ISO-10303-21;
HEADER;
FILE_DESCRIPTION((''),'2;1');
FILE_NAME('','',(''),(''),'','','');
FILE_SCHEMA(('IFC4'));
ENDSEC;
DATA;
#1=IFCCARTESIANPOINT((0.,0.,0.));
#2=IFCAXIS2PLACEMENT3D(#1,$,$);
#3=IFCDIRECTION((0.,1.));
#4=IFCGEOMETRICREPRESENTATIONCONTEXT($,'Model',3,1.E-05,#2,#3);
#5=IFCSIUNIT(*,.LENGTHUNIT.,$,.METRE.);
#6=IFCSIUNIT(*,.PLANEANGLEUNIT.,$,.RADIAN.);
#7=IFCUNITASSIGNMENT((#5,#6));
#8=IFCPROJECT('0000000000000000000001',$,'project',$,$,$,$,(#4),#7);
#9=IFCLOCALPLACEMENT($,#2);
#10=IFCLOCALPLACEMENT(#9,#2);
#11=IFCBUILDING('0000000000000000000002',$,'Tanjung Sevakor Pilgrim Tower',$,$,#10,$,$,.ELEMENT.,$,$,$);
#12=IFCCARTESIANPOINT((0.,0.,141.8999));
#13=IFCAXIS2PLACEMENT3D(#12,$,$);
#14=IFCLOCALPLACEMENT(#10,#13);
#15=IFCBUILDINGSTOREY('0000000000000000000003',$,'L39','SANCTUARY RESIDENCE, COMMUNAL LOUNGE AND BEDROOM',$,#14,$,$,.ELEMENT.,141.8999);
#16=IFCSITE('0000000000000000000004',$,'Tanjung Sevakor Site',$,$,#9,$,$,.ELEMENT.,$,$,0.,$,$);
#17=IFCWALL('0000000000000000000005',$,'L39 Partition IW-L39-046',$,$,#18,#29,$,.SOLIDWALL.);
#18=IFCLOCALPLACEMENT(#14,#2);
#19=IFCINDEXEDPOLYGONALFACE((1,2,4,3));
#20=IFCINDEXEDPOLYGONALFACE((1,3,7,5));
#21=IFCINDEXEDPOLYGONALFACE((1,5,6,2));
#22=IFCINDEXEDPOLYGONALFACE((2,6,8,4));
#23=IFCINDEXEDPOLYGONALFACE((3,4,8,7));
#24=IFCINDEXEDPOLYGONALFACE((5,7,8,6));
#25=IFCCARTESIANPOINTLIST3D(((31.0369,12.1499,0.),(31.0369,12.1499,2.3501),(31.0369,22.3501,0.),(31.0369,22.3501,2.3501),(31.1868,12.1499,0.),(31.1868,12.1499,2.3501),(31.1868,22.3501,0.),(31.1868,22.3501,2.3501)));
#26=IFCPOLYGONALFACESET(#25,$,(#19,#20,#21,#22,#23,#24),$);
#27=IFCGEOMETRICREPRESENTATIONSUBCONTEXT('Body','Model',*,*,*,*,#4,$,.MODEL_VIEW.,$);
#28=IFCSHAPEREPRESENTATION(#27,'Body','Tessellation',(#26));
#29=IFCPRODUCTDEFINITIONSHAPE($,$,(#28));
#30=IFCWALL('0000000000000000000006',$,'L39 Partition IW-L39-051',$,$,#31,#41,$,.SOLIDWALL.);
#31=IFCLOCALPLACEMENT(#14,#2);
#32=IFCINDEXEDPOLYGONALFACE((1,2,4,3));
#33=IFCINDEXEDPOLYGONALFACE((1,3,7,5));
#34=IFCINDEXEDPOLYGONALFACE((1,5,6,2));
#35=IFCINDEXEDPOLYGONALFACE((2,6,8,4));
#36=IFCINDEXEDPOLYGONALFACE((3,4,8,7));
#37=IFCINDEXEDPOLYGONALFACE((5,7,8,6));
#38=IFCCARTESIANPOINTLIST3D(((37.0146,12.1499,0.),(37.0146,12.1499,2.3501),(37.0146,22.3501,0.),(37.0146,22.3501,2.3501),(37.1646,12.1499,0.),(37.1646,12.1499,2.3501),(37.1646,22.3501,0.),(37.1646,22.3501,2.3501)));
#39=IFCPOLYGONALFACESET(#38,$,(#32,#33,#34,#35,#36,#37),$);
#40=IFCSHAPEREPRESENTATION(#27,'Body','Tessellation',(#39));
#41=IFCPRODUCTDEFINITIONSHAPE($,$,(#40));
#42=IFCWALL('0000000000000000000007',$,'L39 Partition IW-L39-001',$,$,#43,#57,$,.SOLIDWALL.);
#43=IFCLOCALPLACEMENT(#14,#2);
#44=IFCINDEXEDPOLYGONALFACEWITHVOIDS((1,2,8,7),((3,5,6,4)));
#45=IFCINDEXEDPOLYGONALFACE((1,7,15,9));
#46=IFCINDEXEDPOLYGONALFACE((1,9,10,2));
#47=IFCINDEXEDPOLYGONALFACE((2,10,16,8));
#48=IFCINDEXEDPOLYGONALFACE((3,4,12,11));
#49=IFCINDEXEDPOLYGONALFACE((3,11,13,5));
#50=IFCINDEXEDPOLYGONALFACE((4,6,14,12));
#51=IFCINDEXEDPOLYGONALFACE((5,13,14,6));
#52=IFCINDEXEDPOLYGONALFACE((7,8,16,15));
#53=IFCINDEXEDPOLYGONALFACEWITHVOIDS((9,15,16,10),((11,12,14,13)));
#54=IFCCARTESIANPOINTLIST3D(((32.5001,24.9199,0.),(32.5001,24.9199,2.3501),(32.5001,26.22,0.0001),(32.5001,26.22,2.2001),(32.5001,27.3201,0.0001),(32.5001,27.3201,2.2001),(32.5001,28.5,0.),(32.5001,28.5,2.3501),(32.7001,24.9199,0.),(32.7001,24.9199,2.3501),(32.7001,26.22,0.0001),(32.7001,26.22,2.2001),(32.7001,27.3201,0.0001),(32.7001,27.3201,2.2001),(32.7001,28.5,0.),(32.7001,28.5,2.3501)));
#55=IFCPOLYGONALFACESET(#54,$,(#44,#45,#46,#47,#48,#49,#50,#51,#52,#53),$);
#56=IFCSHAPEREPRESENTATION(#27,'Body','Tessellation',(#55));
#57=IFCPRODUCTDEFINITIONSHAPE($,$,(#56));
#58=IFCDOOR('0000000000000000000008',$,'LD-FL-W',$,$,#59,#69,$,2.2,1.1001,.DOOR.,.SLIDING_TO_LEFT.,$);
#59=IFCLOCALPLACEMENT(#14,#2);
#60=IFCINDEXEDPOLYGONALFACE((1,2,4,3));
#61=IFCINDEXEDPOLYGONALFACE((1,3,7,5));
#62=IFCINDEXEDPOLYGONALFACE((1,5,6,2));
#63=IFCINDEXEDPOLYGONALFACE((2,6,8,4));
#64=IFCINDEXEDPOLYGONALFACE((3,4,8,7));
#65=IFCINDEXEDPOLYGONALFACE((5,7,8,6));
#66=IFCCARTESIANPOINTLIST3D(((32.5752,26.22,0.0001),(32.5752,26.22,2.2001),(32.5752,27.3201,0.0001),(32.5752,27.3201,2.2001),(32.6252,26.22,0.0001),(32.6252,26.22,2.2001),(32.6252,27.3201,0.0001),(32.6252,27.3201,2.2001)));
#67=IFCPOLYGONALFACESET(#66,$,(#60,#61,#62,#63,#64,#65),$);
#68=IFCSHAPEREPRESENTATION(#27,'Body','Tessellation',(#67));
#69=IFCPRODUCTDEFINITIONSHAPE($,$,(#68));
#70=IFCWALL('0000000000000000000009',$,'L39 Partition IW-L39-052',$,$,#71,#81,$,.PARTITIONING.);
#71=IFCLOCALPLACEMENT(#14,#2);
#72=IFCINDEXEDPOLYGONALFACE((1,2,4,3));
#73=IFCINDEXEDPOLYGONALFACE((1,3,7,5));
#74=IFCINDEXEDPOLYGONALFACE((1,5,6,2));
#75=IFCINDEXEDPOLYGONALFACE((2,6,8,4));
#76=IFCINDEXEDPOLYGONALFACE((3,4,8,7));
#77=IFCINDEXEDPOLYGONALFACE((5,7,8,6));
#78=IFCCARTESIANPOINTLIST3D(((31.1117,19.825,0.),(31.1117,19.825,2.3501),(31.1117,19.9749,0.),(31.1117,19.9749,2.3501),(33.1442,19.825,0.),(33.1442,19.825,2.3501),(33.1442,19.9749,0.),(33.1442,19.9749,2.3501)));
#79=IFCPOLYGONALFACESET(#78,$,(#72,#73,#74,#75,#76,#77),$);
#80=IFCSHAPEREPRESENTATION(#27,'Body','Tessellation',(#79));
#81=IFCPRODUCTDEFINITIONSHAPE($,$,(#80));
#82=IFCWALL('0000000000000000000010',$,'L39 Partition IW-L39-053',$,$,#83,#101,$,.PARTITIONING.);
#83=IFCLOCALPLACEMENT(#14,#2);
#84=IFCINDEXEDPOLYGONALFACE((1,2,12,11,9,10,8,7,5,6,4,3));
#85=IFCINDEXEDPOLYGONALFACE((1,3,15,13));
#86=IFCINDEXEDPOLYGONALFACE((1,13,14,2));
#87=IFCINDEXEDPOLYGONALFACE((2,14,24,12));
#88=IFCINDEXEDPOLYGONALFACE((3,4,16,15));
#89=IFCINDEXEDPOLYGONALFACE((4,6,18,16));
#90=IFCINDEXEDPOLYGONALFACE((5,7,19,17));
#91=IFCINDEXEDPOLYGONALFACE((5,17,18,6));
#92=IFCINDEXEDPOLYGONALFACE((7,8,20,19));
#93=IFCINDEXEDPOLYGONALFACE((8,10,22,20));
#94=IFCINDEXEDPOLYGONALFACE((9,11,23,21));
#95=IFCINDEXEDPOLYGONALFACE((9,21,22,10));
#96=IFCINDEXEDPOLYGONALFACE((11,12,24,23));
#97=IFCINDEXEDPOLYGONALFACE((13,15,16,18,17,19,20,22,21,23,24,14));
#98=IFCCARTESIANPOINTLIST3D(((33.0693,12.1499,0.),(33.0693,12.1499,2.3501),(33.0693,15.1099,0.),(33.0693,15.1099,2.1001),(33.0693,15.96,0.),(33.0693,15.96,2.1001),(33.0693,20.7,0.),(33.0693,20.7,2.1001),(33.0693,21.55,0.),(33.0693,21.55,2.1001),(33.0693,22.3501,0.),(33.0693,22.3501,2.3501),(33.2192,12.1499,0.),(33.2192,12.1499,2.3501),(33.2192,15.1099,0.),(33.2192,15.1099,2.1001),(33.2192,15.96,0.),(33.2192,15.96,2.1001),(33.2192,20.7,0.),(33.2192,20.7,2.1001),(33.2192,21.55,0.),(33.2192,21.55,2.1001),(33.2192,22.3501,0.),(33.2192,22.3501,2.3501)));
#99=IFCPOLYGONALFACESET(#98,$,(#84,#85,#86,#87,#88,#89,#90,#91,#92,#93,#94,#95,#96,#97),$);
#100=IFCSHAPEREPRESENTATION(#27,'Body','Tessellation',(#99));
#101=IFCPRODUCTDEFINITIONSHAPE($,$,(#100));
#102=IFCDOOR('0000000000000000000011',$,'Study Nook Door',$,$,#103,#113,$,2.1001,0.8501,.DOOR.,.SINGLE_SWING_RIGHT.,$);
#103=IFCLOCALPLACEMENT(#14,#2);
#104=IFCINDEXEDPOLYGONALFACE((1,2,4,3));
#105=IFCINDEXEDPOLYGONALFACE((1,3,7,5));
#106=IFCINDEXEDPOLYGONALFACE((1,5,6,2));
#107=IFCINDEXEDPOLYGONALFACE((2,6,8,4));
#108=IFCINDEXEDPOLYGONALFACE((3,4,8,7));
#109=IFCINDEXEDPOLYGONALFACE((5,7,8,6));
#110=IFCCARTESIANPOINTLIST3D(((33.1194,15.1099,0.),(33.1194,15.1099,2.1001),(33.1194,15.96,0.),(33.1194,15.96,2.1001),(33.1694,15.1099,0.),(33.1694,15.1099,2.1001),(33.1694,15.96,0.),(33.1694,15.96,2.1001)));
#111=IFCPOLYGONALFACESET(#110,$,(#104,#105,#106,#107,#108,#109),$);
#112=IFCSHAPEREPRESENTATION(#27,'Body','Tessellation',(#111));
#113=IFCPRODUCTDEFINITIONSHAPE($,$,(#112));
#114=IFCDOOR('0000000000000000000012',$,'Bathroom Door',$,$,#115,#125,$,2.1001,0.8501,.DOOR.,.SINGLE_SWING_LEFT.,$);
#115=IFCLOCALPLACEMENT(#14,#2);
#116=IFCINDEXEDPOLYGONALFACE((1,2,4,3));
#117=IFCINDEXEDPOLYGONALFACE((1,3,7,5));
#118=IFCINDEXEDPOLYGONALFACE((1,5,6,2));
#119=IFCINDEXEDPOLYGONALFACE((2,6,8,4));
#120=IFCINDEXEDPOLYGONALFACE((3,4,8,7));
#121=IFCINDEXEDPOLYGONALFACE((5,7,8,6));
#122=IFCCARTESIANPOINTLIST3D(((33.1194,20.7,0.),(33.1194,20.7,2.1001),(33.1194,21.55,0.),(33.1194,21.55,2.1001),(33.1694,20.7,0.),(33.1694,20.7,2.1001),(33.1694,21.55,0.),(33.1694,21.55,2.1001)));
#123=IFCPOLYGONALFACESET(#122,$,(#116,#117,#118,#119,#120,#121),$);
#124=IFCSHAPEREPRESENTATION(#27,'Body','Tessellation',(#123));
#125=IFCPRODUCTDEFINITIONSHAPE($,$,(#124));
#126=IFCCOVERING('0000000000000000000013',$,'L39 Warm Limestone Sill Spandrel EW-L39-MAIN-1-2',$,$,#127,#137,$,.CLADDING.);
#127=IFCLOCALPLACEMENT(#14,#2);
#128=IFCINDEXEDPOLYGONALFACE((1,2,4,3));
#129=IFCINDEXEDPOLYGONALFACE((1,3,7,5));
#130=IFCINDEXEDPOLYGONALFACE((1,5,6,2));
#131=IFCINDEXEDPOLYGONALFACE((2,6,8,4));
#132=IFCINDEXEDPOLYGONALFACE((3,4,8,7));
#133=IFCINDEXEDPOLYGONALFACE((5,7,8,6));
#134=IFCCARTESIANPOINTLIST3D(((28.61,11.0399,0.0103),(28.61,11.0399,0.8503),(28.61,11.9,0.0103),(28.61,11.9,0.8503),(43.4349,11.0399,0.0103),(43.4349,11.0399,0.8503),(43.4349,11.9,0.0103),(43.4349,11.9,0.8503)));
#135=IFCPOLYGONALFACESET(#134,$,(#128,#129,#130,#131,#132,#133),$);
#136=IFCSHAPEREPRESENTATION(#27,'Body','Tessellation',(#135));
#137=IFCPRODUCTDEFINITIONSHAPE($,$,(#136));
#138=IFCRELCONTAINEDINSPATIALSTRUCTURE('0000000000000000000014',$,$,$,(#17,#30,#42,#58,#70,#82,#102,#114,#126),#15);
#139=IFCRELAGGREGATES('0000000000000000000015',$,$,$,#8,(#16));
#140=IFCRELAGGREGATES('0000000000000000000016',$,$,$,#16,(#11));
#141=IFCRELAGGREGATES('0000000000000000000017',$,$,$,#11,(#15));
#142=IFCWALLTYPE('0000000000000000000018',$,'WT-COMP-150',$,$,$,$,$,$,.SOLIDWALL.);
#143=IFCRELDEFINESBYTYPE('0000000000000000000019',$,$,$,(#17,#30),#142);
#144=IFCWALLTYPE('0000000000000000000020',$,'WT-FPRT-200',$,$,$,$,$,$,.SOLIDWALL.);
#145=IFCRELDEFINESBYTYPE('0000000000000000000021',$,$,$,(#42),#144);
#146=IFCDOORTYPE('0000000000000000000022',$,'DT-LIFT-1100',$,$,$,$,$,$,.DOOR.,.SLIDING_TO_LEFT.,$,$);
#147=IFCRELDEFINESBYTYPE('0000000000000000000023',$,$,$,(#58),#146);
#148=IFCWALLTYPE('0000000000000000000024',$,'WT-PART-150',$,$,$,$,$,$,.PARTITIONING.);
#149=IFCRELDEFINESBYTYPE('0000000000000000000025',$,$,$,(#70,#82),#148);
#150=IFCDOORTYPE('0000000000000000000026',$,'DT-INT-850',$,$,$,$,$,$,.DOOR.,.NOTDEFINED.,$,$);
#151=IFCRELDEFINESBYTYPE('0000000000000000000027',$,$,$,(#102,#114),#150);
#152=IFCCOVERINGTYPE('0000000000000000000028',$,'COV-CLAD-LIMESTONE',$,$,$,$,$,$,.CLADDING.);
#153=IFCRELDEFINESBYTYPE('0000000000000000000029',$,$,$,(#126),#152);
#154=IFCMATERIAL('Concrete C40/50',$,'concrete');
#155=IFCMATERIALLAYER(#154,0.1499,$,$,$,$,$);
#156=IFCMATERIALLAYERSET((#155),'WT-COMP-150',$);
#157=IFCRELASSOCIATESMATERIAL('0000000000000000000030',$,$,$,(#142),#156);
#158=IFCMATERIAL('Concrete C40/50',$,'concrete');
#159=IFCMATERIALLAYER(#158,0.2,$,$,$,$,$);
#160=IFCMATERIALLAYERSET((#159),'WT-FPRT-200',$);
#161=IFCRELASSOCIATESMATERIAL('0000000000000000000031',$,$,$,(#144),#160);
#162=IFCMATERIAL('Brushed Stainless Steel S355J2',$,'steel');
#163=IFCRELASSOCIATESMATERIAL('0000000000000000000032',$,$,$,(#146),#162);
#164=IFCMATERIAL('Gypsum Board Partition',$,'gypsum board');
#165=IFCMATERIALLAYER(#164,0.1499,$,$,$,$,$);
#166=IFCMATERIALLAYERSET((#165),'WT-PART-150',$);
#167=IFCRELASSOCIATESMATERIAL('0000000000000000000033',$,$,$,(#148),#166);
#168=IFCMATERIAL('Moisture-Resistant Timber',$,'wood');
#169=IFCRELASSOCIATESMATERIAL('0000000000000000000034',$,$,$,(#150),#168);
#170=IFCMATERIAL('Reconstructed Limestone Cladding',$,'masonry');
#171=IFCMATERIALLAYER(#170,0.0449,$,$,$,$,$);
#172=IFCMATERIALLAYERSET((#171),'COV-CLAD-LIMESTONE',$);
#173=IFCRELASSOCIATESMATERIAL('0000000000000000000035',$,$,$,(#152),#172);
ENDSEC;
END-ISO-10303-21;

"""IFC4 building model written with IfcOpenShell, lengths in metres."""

from ifc_helpers import new_model, si_unit, direction, frame, frame_2d, origin, origin_2d, place, context, subcontext, project, spatial, rectangle, extrude, material, layer, layer_set, type_object, element, fill, save


model = new_model("IFC4")

# Units and contexts
model_context = context("Model", 3, precision=1e-05, world=origin(), true_north=direction((0.0, 1.0)))
body_context = subcontext(model_context, "Body", "Model", "MODEL_VIEW")
ifc_project = project(units=[si_unit("LENGTHUNIT", "METRE"), si_unit("PLANEANGLEUNIT", "RADIAN")], contexts=[model_context])

# Site, building, storey
site_placement = place(None, origin())
site = spatial("IfcSite", under=ifc_project, at=site_placement, Name="Tanjung Sevakor Site", CompositionType="ELEMENT", RefElevation=0.0)
building_placement = place(site_placement, origin())
building = spatial("IfcBuilding", under=site, at=building_placement, Name="Tanjung Sevakor Pilgrim Tower", CompositionType="ELEMENT")
storey_placement = place(building_placement, frame((0.0, 0.0, 141.8999)))
storey = spatial("IfcBuildingStorey", under=building, at=storey_placement, Name="L39", Description="SANCTUARY RESIDENCE, COMMUNAL LOUNGE AND BEDROOM", CompositionType="ELEMENT", Elevation=141.8999)

# Shared definitions
ifc_material_1 = material(Name="Concrete C40/50", Category="concrete")
ifc_layer_1 = layer(ifc_material_1, 0.1499)
ifc_layer_set_1 = layer_set([ifc_layer_1], Name="WT-COMP-150")
wall_type_1 = type_object("IfcWallType", Name="WT-COMP-150", PredefinedType="SOLIDWALL", material=ifc_layer_set_1)

# Walls
for number, where, z_axis, x_axis, name in (
    (1, (31.1118, 12.1499, 0.0), (0.0, 0.0, 1.0), (0.0, 1.0, 0.0), "L39 Partition IW-L39-046"),
    (2, (37.0896, 12.1499, 0.0), (0.0, 0.0, 1.0), (0.0, 1.0, 0.0), "L39 Partition IW-L39-051"),
):
    element("IfcWall", number, at=place(storey_placement, frame(where, z_axis=z_axis, x_axis=x_axis)), inside=storey, type_object=wall_type_1, Name=name, PredefinedType="SOLIDWALL", context=body_context, shape_type="SweptSolid", body=[
        extrude(rectangle(XDim=10.2002, YDim=0.1499, at=frame_2d((5.1001, 0.0))), origin(), (0.0, 0.0, 1.0), 2.3501),
    ])

# Wall, opening, door
ifc_material_2 = material(Name="Concrete C40/50", Category="concrete")
ifc_layer_2 = layer(ifc_material_2, 0.2)
ifc_layer_set_2 = layer_set([ifc_layer_2], Name="WT-FPRT-200")
wall_type_2 = type_object("IfcWallType", Name="WT-FPRT-200", PredefinedType="SOLIDWALL", material=ifc_layer_set_2)
wall_1_placement = place(storey_placement, frame((32.6001, 24.9199, 0.0), z_axis=(0.0, 0.0, 1.0), x_axis=(0.0, 1.0, 0.0)))
wall_1 = element("IfcWall", 3, at=wall_1_placement, inside=storey, type_object=wall_type_2, Name="L39 Partition IW-L39-001", PredefinedType="SOLIDWALL", context=body_context, shape_type="SweptSolid", body=[
    extrude(rectangle(XDim=3.5801, YDim=0.2, at=frame_2d((1.79, 0.0))), origin(), (0.0, 0.0, 1.0), 2.3501),
])
opening_1_placement = place(wall_1_placement, frame((1.3, 0.0, 0.0)))
opening_1 = element("IfcOpeningElement", 4, at=opening_1_placement, cuts=wall_1, PredefinedType="OPENING", context=body_context, shape_type="SweptSolid", body=[
    extrude(rectangle(XDim=1.1001, YDim=2.2, at=frame_2d((0.55, 1.1001))), frame((0.0, 0.1099, 0.0), z_axis=(0.0, -1.0, 0.0), x_axis=(1.0, 0.0, 0.0)), (0.0, 0.0, 1.0), 0.22),
])
ifc_material_3 = material(Name="Brushed Stainless Steel S355J2", Category="steel")
door_type_1 = type_object("IfcDoorType", Name="DT-LIFT-1100", OperationType="SLIDING_TO_LEFT", PredefinedType="DOOR", material=ifc_material_3)
door_1_placement = place(opening_1_placement, origin())
door_1 = element("IfcDoor", 5, at=door_1_placement, inside=storey, type_object=door_type_1, Name="LD-FL-W", OperationType="SLIDING_TO_LEFT", OverallHeight=2.2, OverallWidth=1.1001, PredefinedType="DOOR", context=body_context, shape_type="SweptSolid", body=[
    extrude(rectangle(XDim=1.1001, YDim=2.2, at=frame_2d((0.55, 1.1001))), frame((0.0, 0.0249, 0.0), z_axis=(0.0, -1.0, 0.0), x_axis=(1.0, 0.0, 0.0)), (0.0, 0.0, 1.0), 0.05),
])
fill(opening_1, door_1)

# Wall
ifc_material_4 = material(Name="Gypsum Board Partition", Category="gypsum board")
ifc_layer_3 = layer(ifc_material_4, 0.1499)
ifc_layer_set_3 = layer_set([ifc_layer_3], Name="WT-PART-150")
wall_type_3 = type_object("IfcWallType", Name="WT-PART-150", PredefinedType="PARTITIONING", material=ifc_layer_set_3)
wall_2_placement = place(storey_placement, frame((31.1118, 19.8999, 0.0), z_axis=(0.0, 0.0, 1.0), x_axis=(1.0, 0.0, 0.0)))
element("IfcWall", 6, at=wall_2_placement, inside=storey, type_object=wall_type_3, Name="L39 Partition IW-L39-052", PredefinedType="PARTITIONING", context=body_context, shape_type="SweptSolid", body=[
    extrude(rectangle(XDim=2.0325, YDim=0.1499, at=frame_2d((1.0161, 0.0))), origin(), (0.0, 0.0, 1.0), 2.3501),
])

# Wall, openings, doors
wall_3_placement = place(storey_placement, frame((33.1443, 12.1499, 0.0), z_axis=(0.0, 0.0, 1.0), x_axis=(0.0, 1.0, 0.0)))
wall_3 = element("IfcWall", 7, at=wall_3_placement, inside=storey, type_object=wall_type_3, Name="L39 Partition IW-L39-053", PredefinedType="PARTITIONING", context=body_context, shape_type="SweptSolid", body=[
    extrude(rectangle(XDim=10.2002, YDim=0.1499, at=frame_2d((5.1001, 0.0))), origin(), (0.0, 0.0, 1.0), 2.3501),
])
opening_2_placement = place(wall_3_placement, frame((2.96, 0.0, 0.0)))
opening_2 = element("IfcOpeningElement", 8, at=opening_2_placement, cuts=wall_3, PredefinedType="OPENING", context=body_context, shape_type="SweptSolid", body=[
    extrude(rectangle(XDim=0.8501, YDim=2.1001, at=frame_2d((0.425, 1.05))), frame((0.0, 0.085, 0.0), z_axis=(0.0, -1.0, 0.0), x_axis=(1.0, 0.0, 0.0)), (0.0, 0.0, 1.0), 0.1699),
])
opening_3_placement = place(wall_3_placement, frame((8.55, 0.0, 0.0)))
opening_3 = element("IfcOpeningElement", 9, at=opening_3_placement, cuts=wall_3, PredefinedType="OPENING", context=body_context, shape_type="SweptSolid", body=[
    extrude(rectangle(XDim=0.8501, YDim=2.1001, at=frame_2d((0.425, 1.05))), frame((0.0, 0.085, 0.0), z_axis=(0.0, -1.0, 0.0), x_axis=(1.0, 0.0, 0.0)), (0.0, 0.0, 1.0), 0.1699),
])
ifc_material_5 = material(Name="Moisture-Resistant Timber", Category="wood")
door_type_2 = type_object("IfcDoorType", Name="DT-INT-850", OperationType="NOTDEFINED", PredefinedType="DOOR", material=ifc_material_5)
door_2_placement = place(opening_2_placement, origin())
door_2 = element("IfcDoor", 10, at=door_2_placement, inside=storey, type_object=door_type_2, Name="Study Nook Door", OperationType="SINGLE_SWING_RIGHT", OverallHeight=2.1001, OverallWidth=0.8501, PredefinedType="DOOR", context=body_context, shape_type="SweptSolid", body=[
    extrude(rectangle(XDim=0.8501, YDim=2.1001, at=frame_2d((0.425, 1.05))), frame((0.0, 0.0249, 0.0), z_axis=(0.0, -1.0, 0.0), x_axis=(1.0, 0.0, 0.0)), (0.0, 0.0, 1.0), 0.05),
])
fill(opening_2, door_2)
door_3_placement = place(opening_3_placement, origin())
door_3 = element("IfcDoor", 11, at=door_3_placement, inside=storey, type_object=door_type_2, Name="Bathroom Door", OperationType="SINGLE_SWING_LEFT", OverallHeight=2.1001, OverallWidth=0.8501, PredefinedType="DOOR", context=body_context, shape_type="SweptSolid", body=[
    extrude(rectangle(XDim=0.8501, YDim=2.1001, at=frame_2d((0.425, 1.05))), frame((0.0, 0.0249, 0.0), z_axis=(0.0, -1.0, 0.0), x_axis=(1.0, 0.0, 0.0)), (0.0, 0.0, 1.0), 0.05),
])
fill(opening_3, door_3)

# Covering
ifc_material_6 = material(Name="Reconstructed Limestone Cladding", Category="masonry")
ifc_layer_4 = layer(ifc_material_6, 0.0449)
ifc_layer_set_4 = layer_set([ifc_layer_4], Name="COV-CLAD-LIMESTONE")
covering_type = type_object("IfcCoveringType", Name="COV-CLAD-LIMESTONE", PredefinedType="CLADDING", material=ifc_layer_set_4)
covering_placement = place(storey_placement, frame((36.0225, 11.47, 0.0103), z_axis=(0.0, 0.0, 1.0), x_axis=(1.0, 0.0, 0.0)))
element("IfcCovering", 12, at=covering_placement, inside=storey, type_object=covering_type, Name="L39 Warm Limestone Sill Spandrel EW-L39-MAIN-1-2", PredefinedType="CLADDING", context=body_context, shape_type="SweptSolid", body=[
    extrude(rectangle(XDim=14.825, YDim=0.8601, at=origin_2d()), origin(), (0.0, 0.0, 1.0), 0.8401),
])

save(model, "model.ifc")
